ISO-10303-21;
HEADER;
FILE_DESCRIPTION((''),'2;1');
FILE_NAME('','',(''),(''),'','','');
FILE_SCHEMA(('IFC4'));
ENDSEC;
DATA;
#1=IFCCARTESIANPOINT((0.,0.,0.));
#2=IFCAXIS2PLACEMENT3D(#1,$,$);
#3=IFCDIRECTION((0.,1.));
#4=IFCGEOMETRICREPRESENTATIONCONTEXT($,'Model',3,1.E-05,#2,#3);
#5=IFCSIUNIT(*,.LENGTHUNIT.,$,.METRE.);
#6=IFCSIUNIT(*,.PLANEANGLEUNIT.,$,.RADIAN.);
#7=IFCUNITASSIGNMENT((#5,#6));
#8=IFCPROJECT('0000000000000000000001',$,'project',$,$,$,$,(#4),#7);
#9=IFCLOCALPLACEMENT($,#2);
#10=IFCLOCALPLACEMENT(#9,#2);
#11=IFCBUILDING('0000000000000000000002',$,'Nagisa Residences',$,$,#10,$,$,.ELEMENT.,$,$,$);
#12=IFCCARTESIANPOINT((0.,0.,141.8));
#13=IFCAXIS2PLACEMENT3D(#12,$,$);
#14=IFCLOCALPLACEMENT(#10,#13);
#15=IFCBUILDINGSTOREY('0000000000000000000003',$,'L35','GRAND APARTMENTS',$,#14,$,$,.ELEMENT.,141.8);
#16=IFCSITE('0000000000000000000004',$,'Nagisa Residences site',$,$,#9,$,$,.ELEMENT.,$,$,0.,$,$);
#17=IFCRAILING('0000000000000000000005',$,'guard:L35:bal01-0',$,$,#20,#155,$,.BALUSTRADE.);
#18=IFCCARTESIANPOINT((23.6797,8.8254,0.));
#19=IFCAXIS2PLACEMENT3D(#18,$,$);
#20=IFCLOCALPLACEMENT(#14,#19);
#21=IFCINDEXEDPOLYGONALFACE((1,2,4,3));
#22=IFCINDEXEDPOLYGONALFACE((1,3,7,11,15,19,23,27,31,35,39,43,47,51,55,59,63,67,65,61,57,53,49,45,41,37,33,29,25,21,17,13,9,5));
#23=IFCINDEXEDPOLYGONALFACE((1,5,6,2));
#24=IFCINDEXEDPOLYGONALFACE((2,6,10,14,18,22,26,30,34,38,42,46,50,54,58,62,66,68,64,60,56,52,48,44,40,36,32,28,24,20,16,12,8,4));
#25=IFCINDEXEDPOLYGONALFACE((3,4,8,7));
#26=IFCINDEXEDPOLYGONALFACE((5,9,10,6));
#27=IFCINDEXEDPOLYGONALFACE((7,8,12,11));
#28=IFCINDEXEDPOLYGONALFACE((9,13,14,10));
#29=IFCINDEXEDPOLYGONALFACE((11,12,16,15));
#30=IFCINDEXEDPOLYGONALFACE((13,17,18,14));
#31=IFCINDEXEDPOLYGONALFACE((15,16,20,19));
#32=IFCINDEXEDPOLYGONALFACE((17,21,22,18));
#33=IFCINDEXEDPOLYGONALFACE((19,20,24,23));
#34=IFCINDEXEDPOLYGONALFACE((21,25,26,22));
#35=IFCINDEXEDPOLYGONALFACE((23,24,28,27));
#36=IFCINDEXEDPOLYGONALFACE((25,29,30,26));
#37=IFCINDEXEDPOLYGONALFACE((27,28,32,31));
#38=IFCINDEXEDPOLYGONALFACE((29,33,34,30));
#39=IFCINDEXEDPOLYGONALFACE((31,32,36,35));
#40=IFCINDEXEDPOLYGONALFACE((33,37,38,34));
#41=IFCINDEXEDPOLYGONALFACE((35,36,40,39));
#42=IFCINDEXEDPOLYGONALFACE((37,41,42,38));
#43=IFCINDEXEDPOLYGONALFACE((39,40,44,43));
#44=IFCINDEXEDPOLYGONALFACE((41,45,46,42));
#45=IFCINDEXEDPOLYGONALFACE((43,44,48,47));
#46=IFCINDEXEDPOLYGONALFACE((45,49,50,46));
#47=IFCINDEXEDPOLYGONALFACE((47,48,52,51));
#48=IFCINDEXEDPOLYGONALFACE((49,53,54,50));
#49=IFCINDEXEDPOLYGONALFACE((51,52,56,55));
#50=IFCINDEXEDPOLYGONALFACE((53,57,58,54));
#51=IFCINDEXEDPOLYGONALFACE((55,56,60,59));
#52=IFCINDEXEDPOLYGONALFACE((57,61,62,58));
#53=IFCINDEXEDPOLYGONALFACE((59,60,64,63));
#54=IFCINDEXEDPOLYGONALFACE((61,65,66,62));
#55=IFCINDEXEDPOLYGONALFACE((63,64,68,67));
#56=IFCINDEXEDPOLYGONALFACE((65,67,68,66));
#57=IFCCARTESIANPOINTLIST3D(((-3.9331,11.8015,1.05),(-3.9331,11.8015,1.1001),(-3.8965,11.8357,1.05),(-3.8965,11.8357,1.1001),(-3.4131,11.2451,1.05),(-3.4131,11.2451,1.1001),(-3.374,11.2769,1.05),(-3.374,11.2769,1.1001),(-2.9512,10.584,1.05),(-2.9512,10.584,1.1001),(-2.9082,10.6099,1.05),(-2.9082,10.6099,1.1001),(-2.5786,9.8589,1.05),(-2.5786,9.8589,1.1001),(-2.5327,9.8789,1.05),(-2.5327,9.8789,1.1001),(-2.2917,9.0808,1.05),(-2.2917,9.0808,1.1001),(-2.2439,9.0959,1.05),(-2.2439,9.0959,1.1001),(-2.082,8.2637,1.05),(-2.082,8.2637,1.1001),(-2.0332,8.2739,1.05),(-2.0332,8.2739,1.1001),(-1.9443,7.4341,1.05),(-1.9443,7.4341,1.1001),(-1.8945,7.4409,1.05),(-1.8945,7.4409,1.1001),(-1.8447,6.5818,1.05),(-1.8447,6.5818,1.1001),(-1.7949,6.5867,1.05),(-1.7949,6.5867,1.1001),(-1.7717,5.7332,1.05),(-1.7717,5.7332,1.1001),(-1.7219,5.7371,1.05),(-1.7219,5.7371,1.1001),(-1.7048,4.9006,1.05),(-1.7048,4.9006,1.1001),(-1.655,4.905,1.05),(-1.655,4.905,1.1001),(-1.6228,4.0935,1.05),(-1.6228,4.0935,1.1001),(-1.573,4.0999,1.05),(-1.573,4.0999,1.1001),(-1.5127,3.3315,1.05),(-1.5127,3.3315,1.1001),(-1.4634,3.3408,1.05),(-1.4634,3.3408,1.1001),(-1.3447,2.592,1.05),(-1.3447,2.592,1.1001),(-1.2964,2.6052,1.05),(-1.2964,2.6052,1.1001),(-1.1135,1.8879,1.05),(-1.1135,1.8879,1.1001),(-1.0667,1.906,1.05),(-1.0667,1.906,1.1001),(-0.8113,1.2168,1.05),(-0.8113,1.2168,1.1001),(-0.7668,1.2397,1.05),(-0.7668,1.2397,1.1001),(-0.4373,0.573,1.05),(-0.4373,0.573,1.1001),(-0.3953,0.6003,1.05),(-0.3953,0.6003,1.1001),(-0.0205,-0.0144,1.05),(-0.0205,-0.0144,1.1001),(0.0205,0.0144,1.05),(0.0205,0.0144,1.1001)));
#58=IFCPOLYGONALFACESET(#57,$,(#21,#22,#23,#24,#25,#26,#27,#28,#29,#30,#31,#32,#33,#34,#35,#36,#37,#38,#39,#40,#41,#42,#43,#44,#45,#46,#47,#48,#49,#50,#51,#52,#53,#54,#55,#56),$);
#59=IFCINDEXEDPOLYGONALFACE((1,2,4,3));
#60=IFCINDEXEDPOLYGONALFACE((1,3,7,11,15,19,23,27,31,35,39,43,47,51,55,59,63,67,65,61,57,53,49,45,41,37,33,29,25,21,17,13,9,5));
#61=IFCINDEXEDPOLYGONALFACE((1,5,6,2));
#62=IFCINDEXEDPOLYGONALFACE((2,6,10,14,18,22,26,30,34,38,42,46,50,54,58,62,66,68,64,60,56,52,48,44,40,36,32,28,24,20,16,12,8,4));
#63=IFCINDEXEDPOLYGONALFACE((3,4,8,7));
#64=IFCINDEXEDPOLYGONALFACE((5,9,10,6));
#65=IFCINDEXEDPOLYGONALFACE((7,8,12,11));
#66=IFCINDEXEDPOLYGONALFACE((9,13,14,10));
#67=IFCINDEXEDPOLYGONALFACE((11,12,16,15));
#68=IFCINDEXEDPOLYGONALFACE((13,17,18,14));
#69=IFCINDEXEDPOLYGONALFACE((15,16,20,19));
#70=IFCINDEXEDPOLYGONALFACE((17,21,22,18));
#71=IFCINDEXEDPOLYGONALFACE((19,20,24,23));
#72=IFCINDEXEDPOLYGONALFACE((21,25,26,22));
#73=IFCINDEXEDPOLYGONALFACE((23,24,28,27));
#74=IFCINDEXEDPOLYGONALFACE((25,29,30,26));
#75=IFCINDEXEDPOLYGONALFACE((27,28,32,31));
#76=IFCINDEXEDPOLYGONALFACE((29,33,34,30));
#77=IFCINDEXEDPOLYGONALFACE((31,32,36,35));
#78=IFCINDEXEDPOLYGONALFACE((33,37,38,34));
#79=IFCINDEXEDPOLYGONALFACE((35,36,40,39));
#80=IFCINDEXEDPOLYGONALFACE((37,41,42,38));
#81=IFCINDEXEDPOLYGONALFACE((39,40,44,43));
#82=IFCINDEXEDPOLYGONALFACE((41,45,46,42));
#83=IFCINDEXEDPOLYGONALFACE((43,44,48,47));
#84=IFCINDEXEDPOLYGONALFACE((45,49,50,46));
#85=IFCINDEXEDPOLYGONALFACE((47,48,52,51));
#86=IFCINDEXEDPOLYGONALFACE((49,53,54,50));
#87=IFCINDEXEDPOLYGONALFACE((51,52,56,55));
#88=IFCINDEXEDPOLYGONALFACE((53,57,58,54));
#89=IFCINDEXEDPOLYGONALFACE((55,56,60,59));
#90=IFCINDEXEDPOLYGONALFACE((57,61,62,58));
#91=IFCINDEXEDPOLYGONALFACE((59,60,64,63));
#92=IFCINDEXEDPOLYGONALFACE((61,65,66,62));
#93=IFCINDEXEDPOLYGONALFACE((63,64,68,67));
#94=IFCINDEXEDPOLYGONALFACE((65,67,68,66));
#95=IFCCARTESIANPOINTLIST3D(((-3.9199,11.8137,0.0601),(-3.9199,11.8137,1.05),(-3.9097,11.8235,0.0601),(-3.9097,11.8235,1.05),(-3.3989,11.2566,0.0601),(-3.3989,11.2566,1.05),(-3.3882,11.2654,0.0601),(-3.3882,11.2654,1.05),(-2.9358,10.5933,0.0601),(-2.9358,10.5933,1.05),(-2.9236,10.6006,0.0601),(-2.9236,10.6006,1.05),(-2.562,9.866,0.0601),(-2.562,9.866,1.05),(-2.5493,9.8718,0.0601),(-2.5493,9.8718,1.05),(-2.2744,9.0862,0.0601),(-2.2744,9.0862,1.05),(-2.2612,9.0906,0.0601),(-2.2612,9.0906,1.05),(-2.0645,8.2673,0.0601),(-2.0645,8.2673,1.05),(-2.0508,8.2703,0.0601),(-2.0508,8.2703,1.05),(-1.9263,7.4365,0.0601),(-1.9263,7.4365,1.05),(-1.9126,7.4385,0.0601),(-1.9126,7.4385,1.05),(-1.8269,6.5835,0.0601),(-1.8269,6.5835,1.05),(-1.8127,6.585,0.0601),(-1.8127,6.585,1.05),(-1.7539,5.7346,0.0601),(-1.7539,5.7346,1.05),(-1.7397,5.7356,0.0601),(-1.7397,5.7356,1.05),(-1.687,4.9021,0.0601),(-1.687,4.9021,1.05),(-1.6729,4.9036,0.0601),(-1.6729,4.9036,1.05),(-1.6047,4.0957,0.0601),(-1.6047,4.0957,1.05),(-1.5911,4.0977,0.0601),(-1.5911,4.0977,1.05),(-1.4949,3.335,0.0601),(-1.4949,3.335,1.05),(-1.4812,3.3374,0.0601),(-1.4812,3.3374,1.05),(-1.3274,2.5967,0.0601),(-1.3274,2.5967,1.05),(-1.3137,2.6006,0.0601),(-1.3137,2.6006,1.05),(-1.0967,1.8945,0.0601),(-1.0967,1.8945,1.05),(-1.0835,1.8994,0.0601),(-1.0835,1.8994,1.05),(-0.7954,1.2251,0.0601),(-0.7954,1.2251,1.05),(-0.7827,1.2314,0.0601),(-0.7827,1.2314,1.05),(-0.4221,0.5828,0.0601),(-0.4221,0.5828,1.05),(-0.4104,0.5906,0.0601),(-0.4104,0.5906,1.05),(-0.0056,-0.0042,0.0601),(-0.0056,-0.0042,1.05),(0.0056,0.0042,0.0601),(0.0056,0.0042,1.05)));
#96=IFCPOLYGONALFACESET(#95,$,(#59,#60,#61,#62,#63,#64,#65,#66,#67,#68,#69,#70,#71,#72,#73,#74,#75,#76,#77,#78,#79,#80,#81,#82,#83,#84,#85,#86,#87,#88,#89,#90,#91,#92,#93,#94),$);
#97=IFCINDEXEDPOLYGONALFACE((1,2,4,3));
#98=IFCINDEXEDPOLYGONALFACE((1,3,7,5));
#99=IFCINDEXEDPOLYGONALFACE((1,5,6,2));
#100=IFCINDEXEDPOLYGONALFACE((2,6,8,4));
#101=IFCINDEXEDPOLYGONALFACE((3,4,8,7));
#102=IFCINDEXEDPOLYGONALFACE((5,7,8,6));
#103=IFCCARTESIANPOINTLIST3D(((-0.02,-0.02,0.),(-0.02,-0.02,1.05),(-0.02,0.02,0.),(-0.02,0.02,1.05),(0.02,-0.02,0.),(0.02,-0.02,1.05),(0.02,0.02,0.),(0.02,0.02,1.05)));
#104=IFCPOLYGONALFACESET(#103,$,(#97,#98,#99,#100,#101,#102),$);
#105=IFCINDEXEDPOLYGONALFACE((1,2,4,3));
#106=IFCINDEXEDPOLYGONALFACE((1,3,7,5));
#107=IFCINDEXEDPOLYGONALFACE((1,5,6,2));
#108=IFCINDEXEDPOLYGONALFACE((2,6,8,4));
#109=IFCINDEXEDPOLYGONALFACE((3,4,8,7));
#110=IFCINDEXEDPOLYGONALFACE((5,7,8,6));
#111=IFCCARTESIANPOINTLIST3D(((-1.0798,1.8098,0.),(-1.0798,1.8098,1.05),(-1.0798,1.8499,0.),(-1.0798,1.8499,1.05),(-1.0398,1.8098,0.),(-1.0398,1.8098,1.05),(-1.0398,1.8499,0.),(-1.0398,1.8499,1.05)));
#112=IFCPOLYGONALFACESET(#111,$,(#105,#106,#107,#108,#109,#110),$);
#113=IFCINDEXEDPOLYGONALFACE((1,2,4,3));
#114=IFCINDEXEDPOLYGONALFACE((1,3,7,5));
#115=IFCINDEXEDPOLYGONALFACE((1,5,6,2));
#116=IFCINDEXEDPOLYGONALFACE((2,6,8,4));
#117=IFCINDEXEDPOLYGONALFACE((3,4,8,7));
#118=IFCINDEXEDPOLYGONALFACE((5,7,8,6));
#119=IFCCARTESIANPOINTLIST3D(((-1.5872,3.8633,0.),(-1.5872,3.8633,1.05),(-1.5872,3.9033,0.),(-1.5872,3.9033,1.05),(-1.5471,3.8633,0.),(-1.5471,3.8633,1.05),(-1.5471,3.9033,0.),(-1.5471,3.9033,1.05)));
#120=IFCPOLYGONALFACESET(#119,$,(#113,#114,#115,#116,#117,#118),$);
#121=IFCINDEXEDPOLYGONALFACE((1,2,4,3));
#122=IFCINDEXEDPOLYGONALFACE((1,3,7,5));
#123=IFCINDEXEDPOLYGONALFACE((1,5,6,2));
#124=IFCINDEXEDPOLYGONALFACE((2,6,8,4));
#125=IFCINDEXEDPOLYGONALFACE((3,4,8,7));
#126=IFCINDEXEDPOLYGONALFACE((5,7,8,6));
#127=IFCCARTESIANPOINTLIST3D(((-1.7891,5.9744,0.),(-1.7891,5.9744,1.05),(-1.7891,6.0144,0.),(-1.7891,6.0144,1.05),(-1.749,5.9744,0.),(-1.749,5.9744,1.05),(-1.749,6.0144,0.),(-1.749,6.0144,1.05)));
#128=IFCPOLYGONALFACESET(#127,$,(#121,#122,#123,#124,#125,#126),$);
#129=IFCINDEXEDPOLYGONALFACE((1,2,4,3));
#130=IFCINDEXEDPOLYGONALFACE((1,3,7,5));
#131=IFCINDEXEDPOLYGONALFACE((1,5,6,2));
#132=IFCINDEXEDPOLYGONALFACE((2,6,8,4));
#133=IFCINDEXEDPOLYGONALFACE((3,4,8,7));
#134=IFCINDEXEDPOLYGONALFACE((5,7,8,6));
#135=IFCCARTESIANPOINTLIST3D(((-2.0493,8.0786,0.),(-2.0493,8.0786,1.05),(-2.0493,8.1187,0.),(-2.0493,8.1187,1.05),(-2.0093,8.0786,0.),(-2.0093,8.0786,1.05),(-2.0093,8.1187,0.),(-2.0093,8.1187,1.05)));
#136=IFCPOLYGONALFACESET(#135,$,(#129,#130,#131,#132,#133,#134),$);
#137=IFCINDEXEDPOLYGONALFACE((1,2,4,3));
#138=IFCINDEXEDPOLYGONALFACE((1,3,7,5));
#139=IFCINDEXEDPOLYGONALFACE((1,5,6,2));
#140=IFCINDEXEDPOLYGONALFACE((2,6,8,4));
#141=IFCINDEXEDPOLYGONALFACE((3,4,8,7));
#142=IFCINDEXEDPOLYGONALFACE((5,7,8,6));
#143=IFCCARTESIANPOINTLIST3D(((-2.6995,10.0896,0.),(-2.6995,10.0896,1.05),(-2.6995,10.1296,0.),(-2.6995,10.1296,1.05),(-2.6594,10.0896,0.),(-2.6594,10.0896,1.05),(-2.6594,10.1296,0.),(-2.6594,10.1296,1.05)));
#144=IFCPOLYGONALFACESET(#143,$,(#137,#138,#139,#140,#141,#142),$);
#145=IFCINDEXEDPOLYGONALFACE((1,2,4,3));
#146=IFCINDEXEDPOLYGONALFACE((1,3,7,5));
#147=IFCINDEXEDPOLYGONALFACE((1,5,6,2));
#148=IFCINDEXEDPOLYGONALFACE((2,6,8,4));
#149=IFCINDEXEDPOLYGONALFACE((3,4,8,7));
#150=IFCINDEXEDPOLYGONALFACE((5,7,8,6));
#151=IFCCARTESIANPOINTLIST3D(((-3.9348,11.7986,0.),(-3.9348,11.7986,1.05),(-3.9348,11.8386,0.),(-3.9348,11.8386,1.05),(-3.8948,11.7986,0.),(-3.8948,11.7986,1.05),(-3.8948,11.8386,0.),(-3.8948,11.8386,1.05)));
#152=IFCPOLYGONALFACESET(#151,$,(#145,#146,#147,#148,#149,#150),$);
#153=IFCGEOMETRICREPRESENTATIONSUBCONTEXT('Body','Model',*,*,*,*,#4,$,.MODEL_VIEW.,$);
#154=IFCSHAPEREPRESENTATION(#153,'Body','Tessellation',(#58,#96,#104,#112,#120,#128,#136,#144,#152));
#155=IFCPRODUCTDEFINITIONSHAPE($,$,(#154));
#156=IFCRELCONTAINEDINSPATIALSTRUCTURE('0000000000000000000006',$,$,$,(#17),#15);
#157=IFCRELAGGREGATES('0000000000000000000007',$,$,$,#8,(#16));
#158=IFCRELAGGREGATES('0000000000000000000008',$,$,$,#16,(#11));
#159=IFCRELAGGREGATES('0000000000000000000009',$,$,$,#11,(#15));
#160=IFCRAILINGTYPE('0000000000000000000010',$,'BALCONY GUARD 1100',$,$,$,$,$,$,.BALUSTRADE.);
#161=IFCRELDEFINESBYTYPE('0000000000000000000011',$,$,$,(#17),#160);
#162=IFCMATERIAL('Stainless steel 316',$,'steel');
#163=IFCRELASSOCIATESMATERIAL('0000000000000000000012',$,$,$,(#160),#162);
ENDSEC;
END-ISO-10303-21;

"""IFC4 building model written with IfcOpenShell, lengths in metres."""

from ifc_helpers import new_model, si_unit, direction, frame, origin, origin_2d, place, context, subcontext, project, spatial, polyline, rectangle, outline, extrude, material, type_object, element, save


model = new_model("IFC4")

# Units and contexts
model_context = context("Model", 3, precision=1e-05, world=origin(), true_north=direction((0.0, 1.0)))
body_context = subcontext(model_context, "Body", "Model", "MODEL_VIEW")
ifc_project = project(units=[si_unit("LENGTHUNIT", "METRE"), si_unit("PLANEANGLEUNIT", "RADIAN")], contexts=[model_context])

# Site, building, storey
site_placement = place(None, origin())
site = spatial("IfcSite", under=ifc_project, at=site_placement, Name="Nagisa Residences site", CompositionType="ELEMENT", RefElevation=0.0)
building_placement = place(site_placement, origin())
building = spatial("IfcBuilding", under=site, at=building_placement, Name="Nagisa Residences", CompositionType="ELEMENT")
storey_placement = place(building_placement, frame((0.0, 0.0, 141.8)))
storey = spatial("IfcBuildingStorey", under=building, at=storey_placement, Name="L35", Description="GRAND APARTMENTS", CompositionType="ELEMENT", Elevation=141.8)

# Railing
ifc_material_1 = material(Name="Stainless steel 316", Category="steel")
railing_type = type_object("IfcRailingType", Name="BALCONY GUARD 1100", PredefinedType="BALUSTRADE", material=ifc_material_1)
railing_placement = place(storey_placement, frame((23.6797, 8.8254, 0.0)))
element("IfcRailing", 1, at=railing_placement, inside=storey, type_object=railing_type, Name="guard:L35:bal01-0", PredefinedType="BALUSTRADE", context=body_context, shape_type="SweptSolid", body=[
    extrude(outline(polyline([(-0.4373, 0.573), (-0.0205, -0.0144), (0.0205, 0.0144), (-0.3953, 0.6003), (-0.7668, 1.2397), (-1.0667, 1.906), (-1.2964, 2.6052), (-1.4634, 3.3408), (-1.573, 4.0999), (-1.655, 4.905), (-1.7219, 5.7371), (-1.7949, 6.5867), (-1.8945, 7.4409), (-2.0332, 8.2739), (-2.2439, 9.0959), (-2.5327, 9.8789), (-2.9082, 10.6099), (-3.374, 11.2769), (-3.8965, 11.8357), (-3.9331, 11.8015), (-3.4131, 11.2451), (-2.9512, 10.584), (-2.5786, 9.8589), (-2.2917, 9.0808), (-2.082, 8.2637), (-1.9443, 7.4341), (-1.8447, 6.5818), (-1.7717, 5.7332), (-1.7048, 4.9006), (-1.6228, 4.0935), (-1.5127, 3.3315), (-1.3447, 2.592), (-1.1135, 1.8879), (-0.8113, 1.2168), (-0.4373, 0.573)])), frame((0.0, 0.0, 1.05)), (0.0, 0.0, 1.0), 0.05),
    extrude(outline(polyline([(-0.4221, 0.5828), (-0.0056, -0.0042), (0.0056, 0.0042), (-0.4104, 0.5906), (-0.7827, 1.2314), (-1.0835, 1.8994), (-1.3137, 2.6006), (-1.4812, 3.3374), (-1.5911, 4.0977), (-1.6729, 4.9036), (-1.7397, 5.7356), (-1.8127, 6.585), (-1.9126, 7.4385), (-2.0508, 8.2703), (-2.2612, 9.0906), (-2.5493, 9.8718), (-2.9236, 10.6006), (-3.3882, 11.2654), (-3.9097, 11.8235), (-3.9199, 11.8137), (-3.3989, 11.2566), (-2.9358, 10.5933), (-2.562, 9.866), (-2.2744, 9.0862), (-2.0645, 8.2673), (-1.9263, 7.4365), (-1.8269, 6.5835), (-1.7539, 5.7346), (-1.687, 4.9021), (-1.6047, 4.0957), (-1.4949, 3.335), (-1.3274, 2.5967), (-1.0967, 1.8945), (-0.7954, 1.2251), (-0.4221, 0.5828)])), frame((0.0, 0.0, 0.0601)), (0.0, 0.0, 1.0), 0.99),
    extrude(rectangle(XDim=0.04, YDim=0.04, at=origin_2d()), origin(), (0.0, 0.0, 1.0), 1.05),
    extrude(rectangle(XDim=0.04, YDim=0.04, at=origin_2d()), frame((-1.0598, 1.8298, 0.0)), (0.0, 0.0, 1.0), 1.05),
    extrude(rectangle(XDim=0.04, YDim=0.04, at=origin_2d()), frame((-1.5671, 3.8833, 0.0)), (0.0, 0.0, 1.0), 1.05),
    extrude(rectangle(XDim=0.04, YDim=0.04, at=origin_2d()), frame((-1.769, 5.9944, 0.0)), (0.0, 0.0, 1.0), 1.05),
    extrude(rectangle(XDim=0.04, YDim=0.04, at=origin_2d()), frame((-2.0293, 8.0986, 0.0)), (0.0, 0.0, 1.0), 1.05),
    extrude(rectangle(XDim=0.04, YDim=0.04, at=origin_2d()), frame((-2.6794, 10.1096, 0.0)), (0.0, 0.0, 1.0), 1.05),
    extrude(rectangle(XDim=0.04, YDim=0.04, at=origin_2d()), frame((-3.9148, 11.8186, 0.0)), (0.0, 0.0, 1.0), 1.05),
])

save(model, "model.ifc")
